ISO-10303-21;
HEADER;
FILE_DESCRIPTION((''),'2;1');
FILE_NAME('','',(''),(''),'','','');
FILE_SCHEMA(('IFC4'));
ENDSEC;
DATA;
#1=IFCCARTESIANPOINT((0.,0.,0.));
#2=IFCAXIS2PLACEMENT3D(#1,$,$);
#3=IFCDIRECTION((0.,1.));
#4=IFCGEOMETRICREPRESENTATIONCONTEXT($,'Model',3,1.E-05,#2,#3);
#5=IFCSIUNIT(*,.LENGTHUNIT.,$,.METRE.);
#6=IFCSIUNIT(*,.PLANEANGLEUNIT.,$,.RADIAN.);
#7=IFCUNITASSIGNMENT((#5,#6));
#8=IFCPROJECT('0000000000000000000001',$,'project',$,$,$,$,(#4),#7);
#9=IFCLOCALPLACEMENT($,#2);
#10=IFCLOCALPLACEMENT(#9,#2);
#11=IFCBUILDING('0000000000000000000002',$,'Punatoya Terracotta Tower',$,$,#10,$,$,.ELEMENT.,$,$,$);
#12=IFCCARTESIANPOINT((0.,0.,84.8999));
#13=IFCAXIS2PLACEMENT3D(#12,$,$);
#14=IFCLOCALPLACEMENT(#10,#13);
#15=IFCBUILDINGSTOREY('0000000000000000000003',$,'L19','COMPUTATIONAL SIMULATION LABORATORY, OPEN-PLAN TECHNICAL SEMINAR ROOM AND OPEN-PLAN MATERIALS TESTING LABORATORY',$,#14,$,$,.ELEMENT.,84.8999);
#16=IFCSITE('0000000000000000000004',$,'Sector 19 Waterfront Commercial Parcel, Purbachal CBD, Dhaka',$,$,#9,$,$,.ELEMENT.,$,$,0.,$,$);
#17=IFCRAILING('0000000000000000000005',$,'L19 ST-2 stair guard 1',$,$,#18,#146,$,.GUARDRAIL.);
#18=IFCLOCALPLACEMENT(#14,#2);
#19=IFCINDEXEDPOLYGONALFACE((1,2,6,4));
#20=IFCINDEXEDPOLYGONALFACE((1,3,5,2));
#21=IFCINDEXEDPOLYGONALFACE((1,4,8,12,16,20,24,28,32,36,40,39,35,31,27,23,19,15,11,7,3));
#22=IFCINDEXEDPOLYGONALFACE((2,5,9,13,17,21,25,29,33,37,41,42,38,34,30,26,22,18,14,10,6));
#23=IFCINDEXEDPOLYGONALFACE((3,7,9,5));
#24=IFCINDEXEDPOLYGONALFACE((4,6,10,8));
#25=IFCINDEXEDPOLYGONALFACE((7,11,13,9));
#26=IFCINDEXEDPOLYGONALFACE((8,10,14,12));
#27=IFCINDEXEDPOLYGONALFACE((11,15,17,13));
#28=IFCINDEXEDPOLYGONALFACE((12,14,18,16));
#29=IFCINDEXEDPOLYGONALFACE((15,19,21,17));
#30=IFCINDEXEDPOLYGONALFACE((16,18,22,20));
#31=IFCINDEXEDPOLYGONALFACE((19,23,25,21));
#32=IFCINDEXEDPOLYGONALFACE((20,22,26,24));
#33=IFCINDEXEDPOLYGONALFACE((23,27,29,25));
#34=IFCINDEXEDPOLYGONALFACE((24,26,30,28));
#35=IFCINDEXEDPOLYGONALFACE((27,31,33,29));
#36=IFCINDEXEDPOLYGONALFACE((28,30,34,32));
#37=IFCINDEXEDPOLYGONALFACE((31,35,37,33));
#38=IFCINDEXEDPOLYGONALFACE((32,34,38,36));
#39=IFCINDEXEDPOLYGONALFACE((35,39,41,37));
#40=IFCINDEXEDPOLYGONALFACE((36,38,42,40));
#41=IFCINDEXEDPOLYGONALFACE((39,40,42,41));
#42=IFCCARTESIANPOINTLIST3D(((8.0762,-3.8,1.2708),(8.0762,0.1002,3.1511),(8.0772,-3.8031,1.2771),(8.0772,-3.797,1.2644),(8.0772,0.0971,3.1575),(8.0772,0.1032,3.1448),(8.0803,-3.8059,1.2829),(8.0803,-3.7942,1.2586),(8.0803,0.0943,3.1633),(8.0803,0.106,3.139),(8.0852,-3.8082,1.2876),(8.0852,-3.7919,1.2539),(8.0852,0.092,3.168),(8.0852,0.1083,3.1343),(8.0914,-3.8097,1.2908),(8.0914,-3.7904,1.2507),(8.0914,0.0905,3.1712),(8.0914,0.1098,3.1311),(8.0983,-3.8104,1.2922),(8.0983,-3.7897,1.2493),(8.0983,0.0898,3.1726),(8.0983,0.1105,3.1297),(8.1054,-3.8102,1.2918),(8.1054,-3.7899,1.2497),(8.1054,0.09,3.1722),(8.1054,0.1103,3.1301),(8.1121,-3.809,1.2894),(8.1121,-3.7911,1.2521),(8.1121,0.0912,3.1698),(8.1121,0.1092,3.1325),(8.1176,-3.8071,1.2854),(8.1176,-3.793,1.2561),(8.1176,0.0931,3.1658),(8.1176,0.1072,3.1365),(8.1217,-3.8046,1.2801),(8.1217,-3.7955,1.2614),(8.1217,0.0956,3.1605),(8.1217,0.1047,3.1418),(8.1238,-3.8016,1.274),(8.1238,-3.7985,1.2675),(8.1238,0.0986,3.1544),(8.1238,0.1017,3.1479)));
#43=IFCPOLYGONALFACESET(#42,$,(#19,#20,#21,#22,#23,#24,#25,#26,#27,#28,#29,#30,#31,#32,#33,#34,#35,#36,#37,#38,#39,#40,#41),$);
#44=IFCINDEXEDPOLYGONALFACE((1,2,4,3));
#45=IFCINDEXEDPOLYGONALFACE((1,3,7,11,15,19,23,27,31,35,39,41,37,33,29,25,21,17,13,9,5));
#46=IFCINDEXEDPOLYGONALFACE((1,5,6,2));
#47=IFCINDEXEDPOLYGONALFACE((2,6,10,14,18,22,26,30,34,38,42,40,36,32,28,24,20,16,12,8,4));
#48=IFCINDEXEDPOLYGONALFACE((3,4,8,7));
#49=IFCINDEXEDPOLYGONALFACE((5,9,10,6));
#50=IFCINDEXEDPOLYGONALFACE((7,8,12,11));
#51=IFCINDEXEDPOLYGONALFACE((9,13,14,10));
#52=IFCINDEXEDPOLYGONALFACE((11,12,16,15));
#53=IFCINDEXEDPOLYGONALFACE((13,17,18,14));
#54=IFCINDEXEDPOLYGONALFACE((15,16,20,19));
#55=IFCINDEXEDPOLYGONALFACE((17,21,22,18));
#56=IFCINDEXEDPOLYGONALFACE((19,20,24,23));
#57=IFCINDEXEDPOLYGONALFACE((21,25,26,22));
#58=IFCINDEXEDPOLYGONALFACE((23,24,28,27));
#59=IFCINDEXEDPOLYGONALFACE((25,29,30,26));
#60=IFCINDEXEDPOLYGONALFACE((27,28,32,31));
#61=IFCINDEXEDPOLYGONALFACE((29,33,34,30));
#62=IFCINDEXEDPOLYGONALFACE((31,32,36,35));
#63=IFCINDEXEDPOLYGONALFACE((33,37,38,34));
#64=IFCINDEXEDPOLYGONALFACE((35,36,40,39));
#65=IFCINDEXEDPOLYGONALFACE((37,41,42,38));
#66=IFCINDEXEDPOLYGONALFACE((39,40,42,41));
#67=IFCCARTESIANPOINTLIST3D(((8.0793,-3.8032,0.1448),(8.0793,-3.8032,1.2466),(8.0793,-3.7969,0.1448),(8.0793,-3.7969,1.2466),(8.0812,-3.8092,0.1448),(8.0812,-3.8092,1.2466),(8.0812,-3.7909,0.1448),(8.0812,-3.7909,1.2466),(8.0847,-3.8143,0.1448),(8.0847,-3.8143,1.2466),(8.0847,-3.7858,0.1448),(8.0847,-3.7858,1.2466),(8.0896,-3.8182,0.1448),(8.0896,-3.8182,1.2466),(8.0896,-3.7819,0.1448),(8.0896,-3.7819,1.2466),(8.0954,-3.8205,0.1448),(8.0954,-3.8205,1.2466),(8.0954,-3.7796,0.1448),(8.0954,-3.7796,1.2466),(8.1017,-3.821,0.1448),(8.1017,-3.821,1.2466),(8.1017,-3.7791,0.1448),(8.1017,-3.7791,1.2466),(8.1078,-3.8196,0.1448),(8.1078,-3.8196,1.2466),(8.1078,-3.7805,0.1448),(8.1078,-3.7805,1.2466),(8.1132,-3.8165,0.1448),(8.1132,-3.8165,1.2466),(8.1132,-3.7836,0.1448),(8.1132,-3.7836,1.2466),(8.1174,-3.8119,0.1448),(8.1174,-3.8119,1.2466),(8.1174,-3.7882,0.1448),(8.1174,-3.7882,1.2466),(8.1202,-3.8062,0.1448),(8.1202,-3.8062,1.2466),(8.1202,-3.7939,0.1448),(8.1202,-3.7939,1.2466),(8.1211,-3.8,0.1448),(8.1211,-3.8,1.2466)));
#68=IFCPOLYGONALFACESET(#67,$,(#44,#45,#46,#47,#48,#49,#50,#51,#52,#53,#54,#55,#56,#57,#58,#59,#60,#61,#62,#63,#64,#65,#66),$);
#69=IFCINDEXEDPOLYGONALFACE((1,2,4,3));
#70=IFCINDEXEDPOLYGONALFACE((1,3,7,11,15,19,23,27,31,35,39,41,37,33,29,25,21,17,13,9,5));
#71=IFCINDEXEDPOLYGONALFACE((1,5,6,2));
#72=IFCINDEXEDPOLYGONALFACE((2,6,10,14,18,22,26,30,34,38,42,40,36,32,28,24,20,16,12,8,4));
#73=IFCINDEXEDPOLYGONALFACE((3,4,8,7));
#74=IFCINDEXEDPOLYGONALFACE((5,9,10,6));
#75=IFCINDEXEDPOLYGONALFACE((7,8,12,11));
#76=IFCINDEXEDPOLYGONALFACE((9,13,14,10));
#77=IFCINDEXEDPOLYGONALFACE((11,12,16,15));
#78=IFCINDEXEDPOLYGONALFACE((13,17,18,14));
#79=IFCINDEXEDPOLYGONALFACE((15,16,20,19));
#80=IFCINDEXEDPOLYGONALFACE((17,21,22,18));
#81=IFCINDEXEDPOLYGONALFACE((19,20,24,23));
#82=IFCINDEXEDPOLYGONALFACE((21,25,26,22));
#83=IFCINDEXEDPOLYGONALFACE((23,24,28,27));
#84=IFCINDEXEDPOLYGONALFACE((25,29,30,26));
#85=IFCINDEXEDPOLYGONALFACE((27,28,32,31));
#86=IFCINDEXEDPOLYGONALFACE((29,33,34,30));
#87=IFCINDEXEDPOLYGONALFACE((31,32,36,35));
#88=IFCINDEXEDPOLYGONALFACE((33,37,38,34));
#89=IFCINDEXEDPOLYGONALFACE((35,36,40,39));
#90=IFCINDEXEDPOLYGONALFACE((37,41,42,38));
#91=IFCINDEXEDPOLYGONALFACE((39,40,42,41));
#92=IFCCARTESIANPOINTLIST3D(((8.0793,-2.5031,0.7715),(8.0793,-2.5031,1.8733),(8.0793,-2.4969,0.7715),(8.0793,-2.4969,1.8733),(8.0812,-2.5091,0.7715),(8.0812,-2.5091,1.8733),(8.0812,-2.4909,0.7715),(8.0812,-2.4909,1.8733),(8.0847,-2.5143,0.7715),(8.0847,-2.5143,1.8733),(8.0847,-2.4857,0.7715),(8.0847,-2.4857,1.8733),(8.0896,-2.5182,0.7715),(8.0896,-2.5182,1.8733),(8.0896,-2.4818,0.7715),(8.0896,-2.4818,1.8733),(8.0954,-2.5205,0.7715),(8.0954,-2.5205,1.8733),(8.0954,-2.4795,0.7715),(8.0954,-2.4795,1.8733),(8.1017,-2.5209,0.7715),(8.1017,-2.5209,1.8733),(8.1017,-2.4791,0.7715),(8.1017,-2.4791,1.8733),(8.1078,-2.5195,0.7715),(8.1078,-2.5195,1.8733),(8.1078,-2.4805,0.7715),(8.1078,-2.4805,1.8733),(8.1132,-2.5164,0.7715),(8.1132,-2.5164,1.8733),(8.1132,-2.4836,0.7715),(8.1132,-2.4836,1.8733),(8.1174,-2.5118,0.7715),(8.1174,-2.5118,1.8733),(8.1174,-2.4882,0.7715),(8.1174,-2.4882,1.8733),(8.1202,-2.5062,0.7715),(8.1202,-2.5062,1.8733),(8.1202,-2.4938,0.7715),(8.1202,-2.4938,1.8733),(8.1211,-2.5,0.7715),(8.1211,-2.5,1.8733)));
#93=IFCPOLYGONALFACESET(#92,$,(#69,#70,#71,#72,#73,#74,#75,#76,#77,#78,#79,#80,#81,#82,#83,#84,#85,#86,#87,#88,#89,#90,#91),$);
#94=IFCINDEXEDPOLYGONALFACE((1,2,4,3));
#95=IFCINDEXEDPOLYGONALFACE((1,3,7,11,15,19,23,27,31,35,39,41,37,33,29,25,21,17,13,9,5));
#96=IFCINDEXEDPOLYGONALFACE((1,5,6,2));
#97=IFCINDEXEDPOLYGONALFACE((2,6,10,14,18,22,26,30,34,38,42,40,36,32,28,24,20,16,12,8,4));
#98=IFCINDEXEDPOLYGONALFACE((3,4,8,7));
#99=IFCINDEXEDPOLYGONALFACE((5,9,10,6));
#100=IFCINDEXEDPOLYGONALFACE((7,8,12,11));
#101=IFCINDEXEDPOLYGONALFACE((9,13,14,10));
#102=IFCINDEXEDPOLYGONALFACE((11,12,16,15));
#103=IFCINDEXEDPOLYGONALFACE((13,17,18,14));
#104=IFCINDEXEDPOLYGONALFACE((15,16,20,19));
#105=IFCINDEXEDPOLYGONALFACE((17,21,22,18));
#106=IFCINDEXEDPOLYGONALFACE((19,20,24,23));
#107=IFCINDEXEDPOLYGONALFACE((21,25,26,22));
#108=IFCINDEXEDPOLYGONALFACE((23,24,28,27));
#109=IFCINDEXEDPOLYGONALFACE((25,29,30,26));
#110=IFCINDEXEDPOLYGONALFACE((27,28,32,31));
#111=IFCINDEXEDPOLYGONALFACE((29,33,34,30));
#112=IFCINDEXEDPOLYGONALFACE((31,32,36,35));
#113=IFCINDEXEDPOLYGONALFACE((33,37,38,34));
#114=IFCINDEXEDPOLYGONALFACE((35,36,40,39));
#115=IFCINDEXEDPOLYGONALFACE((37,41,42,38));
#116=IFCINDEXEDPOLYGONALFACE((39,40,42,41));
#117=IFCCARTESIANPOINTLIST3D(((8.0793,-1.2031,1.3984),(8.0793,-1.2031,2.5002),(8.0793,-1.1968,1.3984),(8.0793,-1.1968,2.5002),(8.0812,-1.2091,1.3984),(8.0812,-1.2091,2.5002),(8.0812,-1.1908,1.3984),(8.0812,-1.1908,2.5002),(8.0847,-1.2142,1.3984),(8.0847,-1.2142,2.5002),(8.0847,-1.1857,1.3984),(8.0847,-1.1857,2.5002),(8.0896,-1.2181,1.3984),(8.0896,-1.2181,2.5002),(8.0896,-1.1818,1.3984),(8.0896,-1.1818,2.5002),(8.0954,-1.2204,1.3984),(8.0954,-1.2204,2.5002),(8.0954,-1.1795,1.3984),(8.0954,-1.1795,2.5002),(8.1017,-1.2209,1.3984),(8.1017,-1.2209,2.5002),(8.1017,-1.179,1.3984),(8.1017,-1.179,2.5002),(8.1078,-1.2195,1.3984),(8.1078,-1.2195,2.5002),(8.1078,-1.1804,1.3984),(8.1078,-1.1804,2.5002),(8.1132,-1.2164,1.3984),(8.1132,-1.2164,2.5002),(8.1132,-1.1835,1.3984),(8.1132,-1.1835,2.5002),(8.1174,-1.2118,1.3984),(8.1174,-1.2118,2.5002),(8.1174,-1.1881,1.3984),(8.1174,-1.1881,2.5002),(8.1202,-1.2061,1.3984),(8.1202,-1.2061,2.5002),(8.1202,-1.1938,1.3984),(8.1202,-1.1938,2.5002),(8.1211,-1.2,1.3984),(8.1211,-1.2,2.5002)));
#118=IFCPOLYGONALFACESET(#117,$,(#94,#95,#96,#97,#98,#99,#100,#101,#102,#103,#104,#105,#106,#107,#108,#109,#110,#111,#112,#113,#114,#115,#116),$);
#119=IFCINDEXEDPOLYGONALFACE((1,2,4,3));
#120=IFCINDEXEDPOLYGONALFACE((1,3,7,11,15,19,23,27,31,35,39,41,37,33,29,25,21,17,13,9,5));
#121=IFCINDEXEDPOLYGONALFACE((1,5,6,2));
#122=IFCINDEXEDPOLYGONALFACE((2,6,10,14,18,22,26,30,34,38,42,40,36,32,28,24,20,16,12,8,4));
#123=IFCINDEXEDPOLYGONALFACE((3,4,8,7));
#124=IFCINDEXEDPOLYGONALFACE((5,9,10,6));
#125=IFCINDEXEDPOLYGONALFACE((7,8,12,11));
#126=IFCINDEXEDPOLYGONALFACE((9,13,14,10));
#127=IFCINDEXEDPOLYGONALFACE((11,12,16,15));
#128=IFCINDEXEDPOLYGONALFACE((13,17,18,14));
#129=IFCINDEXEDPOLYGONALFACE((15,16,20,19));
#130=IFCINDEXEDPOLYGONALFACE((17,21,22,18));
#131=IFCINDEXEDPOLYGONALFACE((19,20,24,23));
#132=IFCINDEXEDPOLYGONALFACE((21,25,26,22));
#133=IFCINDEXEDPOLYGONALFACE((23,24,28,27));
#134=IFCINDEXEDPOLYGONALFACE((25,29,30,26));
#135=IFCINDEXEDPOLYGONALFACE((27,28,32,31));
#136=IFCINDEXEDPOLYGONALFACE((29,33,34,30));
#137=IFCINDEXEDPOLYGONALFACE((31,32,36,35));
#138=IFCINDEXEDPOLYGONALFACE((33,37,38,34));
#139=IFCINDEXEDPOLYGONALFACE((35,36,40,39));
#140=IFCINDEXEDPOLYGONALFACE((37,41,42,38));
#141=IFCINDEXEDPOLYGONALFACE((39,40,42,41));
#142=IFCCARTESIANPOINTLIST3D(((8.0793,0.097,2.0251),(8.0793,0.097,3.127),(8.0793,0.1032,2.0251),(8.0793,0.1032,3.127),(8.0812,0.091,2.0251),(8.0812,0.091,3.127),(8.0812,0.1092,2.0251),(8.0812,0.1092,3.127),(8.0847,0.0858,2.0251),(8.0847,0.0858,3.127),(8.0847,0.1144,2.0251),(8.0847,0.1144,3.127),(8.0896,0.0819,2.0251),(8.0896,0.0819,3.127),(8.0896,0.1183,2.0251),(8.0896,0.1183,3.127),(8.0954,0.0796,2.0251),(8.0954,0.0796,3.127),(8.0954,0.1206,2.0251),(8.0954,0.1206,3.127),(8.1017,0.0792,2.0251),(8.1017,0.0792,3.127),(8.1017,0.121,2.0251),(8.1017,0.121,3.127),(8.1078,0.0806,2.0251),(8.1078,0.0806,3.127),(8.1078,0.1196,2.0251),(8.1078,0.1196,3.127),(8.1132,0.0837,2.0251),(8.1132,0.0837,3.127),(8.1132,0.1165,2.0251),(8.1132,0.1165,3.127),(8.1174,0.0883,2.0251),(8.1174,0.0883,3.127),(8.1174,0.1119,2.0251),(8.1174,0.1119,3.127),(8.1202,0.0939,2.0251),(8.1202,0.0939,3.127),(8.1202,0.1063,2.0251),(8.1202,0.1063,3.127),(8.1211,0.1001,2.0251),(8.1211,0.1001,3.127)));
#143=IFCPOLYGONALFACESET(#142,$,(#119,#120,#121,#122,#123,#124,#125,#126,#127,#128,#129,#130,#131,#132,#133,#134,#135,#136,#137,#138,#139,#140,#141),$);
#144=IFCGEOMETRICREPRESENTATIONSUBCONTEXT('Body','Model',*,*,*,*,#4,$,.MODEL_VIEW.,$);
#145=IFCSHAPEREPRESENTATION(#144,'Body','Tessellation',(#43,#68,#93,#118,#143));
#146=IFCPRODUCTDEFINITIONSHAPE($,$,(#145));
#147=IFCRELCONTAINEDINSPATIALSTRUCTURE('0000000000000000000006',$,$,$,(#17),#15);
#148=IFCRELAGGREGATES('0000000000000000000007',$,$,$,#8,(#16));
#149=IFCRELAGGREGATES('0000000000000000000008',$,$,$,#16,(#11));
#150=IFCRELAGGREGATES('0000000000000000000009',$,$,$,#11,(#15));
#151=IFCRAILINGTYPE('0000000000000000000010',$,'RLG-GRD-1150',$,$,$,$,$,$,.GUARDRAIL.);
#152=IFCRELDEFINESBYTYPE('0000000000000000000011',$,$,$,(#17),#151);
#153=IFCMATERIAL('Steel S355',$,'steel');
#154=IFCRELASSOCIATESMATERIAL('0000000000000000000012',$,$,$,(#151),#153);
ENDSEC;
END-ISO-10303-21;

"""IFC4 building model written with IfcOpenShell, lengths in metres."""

from ifc_helpers import new_model, si_unit, direction, frame, origin, origin_2d, place, context, subcontext, project, spatial, circle, extrude, material, type_object, element, save


model = new_model("IFC4")

# Units and contexts
model_context = context("Model", 3, precision=1e-05, world=origin(), true_north=direction((0.0, 1.0)))
body_context = subcontext(model_context, "Body", "Model", "MODEL_VIEW")
ifc_project = project(units=[si_unit("LENGTHUNIT", "METRE"), si_unit("PLANEANGLEUNIT", "RADIAN")], contexts=[model_context])

# Site, building, storey
site_placement = place(None, origin())
site = spatial("IfcSite", under=ifc_project, at=site_placement, Name="Sector 19 Waterfront Commercial Parcel, Purbachal CBD, Dhaka", CompositionType="ELEMENT", RefElevation=0.0)
building_placement = place(site_placement, origin())
building = spatial("IfcBuilding", under=site, at=building_placement, Name="Punatoya Terracotta Tower", CompositionType="ELEMENT")
storey_placement = place(building_placement, frame((0.0, 0.0, 84.8999)))
storey = spatial("IfcBuildingStorey", under=building, at=storey_placement, Name="L19", Description="COMPUTATIONAL SIMULATION LABORATORY, OPEN-PLAN TECHNICAL SEMINAR ROOM AND OPEN-PLAN MATERIALS TESTING LABORATORY", CompositionType="ELEMENT", Elevation=84.8999)

# Railing
ifc_material_1 = material(Name="Steel S355", Category="steel")
railing_type_1 = type_object("IfcRailingType", Name="RLG-GRD-1150", PredefinedType="GUARDRAIL", material=ifc_material_1)
railing_1_placement = place(storey_placement, frame((8.1001, -3.8, 0.1448)))
element("IfcRailing", 1, at=railing_1_placement, inside=storey, type_object=railing_type_1, Name="L19 ST-2 stair guard 1", PredefinedType="GUARDRAIL", context=body_context, shape_type="SweptSolid", body=[
    extrude(circle(Radius=0.0239, at=origin_2d()), frame((0.0, 0.0, 1.126), z_axis=(0.0, 0.900774, 0.434289), x_axis=(-1.0, 0.0, 0.0)), (0.0, 0.0, 1.0), 4.3298),
    extrude(circle(Radius=0.021, at=origin_2d()), origin(), (0.0, 0.0, 1.0), 1.1018),
    extrude(circle(Radius=0.021, at=origin_2d()), frame((0.0, 1.3, 0.6267)), (0.0, 0.0, 1.0), 1.1018),
    extrude(circle(Radius=0.021, at=origin_2d()), frame((0.0, 2.6001, 1.2537)), (0.0, 0.0, 1.0), 1.1018),
    extrude(circle(Radius=0.021, at=origin_2d()), frame((0.0, 3.9001, 1.8804)), (0.0, 0.0, 1.0), 1.1018),
])

save(model, "model.ifc")
